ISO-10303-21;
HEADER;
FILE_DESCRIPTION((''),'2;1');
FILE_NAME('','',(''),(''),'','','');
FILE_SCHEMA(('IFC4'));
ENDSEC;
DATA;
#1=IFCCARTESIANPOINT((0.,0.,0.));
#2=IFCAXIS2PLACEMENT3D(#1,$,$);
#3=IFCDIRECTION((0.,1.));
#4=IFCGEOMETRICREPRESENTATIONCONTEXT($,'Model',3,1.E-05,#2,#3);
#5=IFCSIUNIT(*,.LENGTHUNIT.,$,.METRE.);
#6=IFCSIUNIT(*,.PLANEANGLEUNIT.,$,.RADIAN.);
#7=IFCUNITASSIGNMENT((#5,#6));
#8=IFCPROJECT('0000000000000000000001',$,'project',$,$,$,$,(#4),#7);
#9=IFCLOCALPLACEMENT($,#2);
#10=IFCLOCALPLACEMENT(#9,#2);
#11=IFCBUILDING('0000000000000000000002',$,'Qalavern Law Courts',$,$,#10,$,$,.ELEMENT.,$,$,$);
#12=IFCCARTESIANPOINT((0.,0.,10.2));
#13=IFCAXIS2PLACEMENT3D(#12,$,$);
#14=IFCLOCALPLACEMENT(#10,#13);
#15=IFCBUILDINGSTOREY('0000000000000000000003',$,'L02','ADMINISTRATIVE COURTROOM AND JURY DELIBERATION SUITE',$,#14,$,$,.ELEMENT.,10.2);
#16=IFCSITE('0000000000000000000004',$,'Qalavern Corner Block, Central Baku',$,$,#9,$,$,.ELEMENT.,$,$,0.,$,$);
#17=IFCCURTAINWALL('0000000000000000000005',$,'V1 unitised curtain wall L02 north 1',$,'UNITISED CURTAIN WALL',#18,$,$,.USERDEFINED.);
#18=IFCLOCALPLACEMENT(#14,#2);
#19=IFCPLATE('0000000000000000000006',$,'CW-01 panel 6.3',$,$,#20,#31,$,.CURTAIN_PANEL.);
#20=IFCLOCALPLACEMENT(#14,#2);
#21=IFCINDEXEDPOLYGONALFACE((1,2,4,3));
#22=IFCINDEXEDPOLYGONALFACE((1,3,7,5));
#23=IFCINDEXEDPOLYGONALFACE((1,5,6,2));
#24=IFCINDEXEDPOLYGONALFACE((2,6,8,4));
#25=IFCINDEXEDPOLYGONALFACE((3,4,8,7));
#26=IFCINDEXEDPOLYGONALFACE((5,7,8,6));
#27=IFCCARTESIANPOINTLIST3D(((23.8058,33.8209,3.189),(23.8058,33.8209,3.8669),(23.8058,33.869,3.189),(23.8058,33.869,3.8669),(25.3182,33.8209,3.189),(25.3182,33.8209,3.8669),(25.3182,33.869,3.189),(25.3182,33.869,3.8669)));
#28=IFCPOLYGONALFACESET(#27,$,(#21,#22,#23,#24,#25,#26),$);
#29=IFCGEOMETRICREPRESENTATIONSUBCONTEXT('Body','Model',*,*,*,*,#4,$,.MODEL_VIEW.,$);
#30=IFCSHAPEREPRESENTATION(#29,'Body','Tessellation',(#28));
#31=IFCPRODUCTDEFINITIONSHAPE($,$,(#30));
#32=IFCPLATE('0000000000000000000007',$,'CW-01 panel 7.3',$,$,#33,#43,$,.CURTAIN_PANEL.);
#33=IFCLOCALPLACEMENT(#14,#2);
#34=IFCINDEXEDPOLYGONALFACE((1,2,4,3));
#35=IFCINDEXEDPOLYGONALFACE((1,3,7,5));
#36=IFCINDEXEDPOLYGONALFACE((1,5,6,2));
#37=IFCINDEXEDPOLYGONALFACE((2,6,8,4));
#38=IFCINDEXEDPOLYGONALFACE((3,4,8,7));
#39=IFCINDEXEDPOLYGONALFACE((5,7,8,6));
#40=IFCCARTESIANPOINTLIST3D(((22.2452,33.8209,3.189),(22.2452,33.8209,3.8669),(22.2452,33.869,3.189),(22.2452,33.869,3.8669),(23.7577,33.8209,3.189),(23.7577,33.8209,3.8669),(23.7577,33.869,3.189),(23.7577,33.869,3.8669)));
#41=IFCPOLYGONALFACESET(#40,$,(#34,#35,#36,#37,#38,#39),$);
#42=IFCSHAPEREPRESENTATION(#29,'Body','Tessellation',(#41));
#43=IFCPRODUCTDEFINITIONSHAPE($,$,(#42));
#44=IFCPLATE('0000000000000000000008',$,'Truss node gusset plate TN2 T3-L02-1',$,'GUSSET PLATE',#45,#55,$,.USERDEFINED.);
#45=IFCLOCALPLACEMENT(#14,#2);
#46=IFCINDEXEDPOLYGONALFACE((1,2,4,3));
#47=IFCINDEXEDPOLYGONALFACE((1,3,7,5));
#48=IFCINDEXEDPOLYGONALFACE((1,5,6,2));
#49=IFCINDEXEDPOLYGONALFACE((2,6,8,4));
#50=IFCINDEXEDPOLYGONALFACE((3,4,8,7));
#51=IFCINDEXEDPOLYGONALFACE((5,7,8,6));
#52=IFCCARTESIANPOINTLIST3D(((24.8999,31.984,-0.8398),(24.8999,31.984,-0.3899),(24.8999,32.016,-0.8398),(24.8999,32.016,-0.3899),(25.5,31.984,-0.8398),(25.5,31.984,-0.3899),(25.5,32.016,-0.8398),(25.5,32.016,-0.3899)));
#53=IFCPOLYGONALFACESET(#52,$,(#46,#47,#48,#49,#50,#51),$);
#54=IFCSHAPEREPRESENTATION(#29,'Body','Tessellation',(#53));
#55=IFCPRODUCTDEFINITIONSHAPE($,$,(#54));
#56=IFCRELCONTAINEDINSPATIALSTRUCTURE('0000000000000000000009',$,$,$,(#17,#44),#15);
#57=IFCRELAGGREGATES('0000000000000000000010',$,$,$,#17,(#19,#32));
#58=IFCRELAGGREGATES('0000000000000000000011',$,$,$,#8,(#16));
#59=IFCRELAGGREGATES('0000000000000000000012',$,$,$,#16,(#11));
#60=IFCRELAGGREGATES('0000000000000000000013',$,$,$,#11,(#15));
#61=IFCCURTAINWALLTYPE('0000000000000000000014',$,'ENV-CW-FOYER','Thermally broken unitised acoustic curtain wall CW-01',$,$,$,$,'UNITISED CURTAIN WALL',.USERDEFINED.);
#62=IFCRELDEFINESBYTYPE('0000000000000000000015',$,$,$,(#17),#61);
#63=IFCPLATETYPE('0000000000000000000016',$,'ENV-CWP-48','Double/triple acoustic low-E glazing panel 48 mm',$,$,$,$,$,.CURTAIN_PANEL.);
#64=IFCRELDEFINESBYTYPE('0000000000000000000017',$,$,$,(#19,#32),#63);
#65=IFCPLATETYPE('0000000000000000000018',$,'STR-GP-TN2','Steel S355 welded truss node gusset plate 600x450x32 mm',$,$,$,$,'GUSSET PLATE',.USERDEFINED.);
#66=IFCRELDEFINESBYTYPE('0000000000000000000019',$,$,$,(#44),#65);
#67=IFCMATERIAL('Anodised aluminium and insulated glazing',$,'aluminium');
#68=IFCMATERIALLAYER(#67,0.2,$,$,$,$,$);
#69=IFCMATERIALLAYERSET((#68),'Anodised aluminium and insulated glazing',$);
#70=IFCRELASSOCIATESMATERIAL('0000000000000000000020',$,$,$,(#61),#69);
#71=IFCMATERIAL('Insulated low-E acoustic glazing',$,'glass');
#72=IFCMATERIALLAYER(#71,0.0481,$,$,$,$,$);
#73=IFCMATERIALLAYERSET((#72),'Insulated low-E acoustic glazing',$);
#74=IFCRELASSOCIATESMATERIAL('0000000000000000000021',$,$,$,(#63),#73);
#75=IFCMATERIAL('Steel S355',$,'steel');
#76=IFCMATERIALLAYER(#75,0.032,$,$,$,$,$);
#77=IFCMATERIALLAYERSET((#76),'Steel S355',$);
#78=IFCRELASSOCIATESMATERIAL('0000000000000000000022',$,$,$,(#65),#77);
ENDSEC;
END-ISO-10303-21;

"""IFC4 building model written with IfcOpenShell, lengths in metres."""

from ifc_helpers import new_model, si_unit, direction, frame, origin, origin_2d, place, context, subcontext, project, spatial, rectangle, extrude, material, layer, layer_set, type_object, element, aggregate, save


model = new_model("IFC4")

# Units and contexts
model_context = context("Model", 3, precision=1e-05, world=origin(), true_north=direction((0.0, 1.0)))
body_context = subcontext(model_context, "Body", "Model", "MODEL_VIEW")
ifc_project = project(units=[si_unit("LENGTHUNIT", "METRE"), si_unit("PLANEANGLEUNIT", "RADIAN")], contexts=[model_context])

# Site, building, storey
site_placement = place(None, origin())
site = spatial("IfcSite", under=ifc_project, at=site_placement, Name="Qalavern Corner Block, Central Baku", CompositionType="ELEMENT", RefElevation=0.0)
building_placement = place(site_placement, origin())
building = spatial("IfcBuilding", under=site, at=building_placement, Name="Qalavern Law Courts", CompositionType="ELEMENT")
storey_placement = place(building_placement, frame((0.0, 0.0, 10.2)))
storey = spatial("IfcBuildingStorey", under=building, at=storey_placement, Name="L02", Description="ADMINISTRATIVE COURTROOM AND JURY DELIBERATION SUITE", CompositionType="ELEMENT", Elevation=10.2)

# Curtain wall
ifc_material_1 = material(Name="Anodised aluminium and insulated glazing", Category="aluminium")
ifc_layer_1 = layer(ifc_material_1, 0.2)
ifc_layer_set_1 = layer_set([ifc_layer_1], Name="Anodised aluminium and insulated glazing")
curtain_wall_type = type_object("IfcCurtainWallType", Name="ENV-CW-FOYER", Description="Thermally broken unitised acoustic curtain wall CW-01", ElementType="UNITISED CURTAIN WALL", PredefinedType="USERDEFINED", material=ifc_layer_set_1)
curtain_wall_placement = place(storey_placement, origin())
curtain_wall = element("IfcCurtainWall", 1, at=curtain_wall_placement, inside=storey, type_object=curtain_wall_type, Name="V1 unitised curtain wall L02 north 1", ObjectType="UNITISED CURTAIN WALL", PredefinedType="USERDEFINED")

# Shared definitions
ifc_material_2 = material(Name="Steel S355", Category="steel")

# Plates
ifc_material_3 = material(Name="Insulated low-E acoustic glazing", Category="glass")
ifc_layer_2 = layer(ifc_material_3, 0.0481)
ifc_layer_set_2 = layer_set([ifc_layer_2], Name="Insulated low-E acoustic glazing")
plate_type_1 = type_object("IfcPlateType", Name="ENV-CWP-48", Description="Double/triple acoustic low-E glazing panel 48 mm", PredefinedType="CURTAIN_PANEL", material=ifc_layer_set_2)
plate_1_placement = place(storey_placement, frame((24.562, 33.845, 3.189), z_axis=(0.0, 0.0, 1.0), x_axis=(-1.0, 0.0, 0.0)))
plate_1 = element("IfcPlate", 2, at=plate_1_placement, type_object=plate_type_1, Name="CW-01 panel 6.3", PredefinedType="CURTAIN_PANEL", context=body_context, shape_type="SweptSolid", body=[
    extrude(rectangle(XDim=1.5125, YDim=0.0481, at=origin_2d()), origin(), (0.0, 0.0, 1.0), 0.678),
])
plate_2_placement = place(storey_placement, frame((23.0015, 33.845, 3.189), z_axis=(0.0, 0.0, 1.0), x_axis=(-1.0, 0.0, 0.0)))
plate_2 = element("IfcPlate", 3, at=plate_2_placement, type_object=plate_type_1, Name="CW-01 panel 7.3", PredefinedType="CURTAIN_PANEL", context=body_context, shape_type="SweptSolid", body=[
    extrude(rectangle(XDim=1.5125, YDim=0.0481, at=origin_2d()), origin(), (0.0, 0.0, 1.0), 0.678),
])
aggregate(curtain_wall, [plate_1, plate_2])
ifc_layer_3 = layer(ifc_material_2, 0.032)
ifc_layer_set_3 = layer_set([ifc_layer_3], Name="Steel S355")
plate_type_2 = type_object("IfcPlateType", Name="STR-GP-TN2", Description="Steel S355 welded truss node gusset plate 600x450x32 mm", ElementType="GUSSET PLATE", PredefinedType="USERDEFINED", material=ifc_layer_set_3)
plate_3_placement = place(storey_placement, frame((25.2, 32.0, -0.8398), z_axis=(0.0, 0.0, 1.0), x_axis=(1.0, 0.0, 0.0)))
element("IfcPlate", 4, at=plate_3_placement, inside=storey, type_object=plate_type_2, Name="Truss node gusset plate TN2 T3-L02-1", ObjectType="GUSSET PLATE", PredefinedType="USERDEFINED", context=body_context, shape_type="SweptSolid", body=[
    extrude(rectangle(XDim=0.6001, YDim=0.032, at=origin_2d()), origin(), (0.0, 0.0, 1.0), 0.45),
])

save(model, "model.ifc")
